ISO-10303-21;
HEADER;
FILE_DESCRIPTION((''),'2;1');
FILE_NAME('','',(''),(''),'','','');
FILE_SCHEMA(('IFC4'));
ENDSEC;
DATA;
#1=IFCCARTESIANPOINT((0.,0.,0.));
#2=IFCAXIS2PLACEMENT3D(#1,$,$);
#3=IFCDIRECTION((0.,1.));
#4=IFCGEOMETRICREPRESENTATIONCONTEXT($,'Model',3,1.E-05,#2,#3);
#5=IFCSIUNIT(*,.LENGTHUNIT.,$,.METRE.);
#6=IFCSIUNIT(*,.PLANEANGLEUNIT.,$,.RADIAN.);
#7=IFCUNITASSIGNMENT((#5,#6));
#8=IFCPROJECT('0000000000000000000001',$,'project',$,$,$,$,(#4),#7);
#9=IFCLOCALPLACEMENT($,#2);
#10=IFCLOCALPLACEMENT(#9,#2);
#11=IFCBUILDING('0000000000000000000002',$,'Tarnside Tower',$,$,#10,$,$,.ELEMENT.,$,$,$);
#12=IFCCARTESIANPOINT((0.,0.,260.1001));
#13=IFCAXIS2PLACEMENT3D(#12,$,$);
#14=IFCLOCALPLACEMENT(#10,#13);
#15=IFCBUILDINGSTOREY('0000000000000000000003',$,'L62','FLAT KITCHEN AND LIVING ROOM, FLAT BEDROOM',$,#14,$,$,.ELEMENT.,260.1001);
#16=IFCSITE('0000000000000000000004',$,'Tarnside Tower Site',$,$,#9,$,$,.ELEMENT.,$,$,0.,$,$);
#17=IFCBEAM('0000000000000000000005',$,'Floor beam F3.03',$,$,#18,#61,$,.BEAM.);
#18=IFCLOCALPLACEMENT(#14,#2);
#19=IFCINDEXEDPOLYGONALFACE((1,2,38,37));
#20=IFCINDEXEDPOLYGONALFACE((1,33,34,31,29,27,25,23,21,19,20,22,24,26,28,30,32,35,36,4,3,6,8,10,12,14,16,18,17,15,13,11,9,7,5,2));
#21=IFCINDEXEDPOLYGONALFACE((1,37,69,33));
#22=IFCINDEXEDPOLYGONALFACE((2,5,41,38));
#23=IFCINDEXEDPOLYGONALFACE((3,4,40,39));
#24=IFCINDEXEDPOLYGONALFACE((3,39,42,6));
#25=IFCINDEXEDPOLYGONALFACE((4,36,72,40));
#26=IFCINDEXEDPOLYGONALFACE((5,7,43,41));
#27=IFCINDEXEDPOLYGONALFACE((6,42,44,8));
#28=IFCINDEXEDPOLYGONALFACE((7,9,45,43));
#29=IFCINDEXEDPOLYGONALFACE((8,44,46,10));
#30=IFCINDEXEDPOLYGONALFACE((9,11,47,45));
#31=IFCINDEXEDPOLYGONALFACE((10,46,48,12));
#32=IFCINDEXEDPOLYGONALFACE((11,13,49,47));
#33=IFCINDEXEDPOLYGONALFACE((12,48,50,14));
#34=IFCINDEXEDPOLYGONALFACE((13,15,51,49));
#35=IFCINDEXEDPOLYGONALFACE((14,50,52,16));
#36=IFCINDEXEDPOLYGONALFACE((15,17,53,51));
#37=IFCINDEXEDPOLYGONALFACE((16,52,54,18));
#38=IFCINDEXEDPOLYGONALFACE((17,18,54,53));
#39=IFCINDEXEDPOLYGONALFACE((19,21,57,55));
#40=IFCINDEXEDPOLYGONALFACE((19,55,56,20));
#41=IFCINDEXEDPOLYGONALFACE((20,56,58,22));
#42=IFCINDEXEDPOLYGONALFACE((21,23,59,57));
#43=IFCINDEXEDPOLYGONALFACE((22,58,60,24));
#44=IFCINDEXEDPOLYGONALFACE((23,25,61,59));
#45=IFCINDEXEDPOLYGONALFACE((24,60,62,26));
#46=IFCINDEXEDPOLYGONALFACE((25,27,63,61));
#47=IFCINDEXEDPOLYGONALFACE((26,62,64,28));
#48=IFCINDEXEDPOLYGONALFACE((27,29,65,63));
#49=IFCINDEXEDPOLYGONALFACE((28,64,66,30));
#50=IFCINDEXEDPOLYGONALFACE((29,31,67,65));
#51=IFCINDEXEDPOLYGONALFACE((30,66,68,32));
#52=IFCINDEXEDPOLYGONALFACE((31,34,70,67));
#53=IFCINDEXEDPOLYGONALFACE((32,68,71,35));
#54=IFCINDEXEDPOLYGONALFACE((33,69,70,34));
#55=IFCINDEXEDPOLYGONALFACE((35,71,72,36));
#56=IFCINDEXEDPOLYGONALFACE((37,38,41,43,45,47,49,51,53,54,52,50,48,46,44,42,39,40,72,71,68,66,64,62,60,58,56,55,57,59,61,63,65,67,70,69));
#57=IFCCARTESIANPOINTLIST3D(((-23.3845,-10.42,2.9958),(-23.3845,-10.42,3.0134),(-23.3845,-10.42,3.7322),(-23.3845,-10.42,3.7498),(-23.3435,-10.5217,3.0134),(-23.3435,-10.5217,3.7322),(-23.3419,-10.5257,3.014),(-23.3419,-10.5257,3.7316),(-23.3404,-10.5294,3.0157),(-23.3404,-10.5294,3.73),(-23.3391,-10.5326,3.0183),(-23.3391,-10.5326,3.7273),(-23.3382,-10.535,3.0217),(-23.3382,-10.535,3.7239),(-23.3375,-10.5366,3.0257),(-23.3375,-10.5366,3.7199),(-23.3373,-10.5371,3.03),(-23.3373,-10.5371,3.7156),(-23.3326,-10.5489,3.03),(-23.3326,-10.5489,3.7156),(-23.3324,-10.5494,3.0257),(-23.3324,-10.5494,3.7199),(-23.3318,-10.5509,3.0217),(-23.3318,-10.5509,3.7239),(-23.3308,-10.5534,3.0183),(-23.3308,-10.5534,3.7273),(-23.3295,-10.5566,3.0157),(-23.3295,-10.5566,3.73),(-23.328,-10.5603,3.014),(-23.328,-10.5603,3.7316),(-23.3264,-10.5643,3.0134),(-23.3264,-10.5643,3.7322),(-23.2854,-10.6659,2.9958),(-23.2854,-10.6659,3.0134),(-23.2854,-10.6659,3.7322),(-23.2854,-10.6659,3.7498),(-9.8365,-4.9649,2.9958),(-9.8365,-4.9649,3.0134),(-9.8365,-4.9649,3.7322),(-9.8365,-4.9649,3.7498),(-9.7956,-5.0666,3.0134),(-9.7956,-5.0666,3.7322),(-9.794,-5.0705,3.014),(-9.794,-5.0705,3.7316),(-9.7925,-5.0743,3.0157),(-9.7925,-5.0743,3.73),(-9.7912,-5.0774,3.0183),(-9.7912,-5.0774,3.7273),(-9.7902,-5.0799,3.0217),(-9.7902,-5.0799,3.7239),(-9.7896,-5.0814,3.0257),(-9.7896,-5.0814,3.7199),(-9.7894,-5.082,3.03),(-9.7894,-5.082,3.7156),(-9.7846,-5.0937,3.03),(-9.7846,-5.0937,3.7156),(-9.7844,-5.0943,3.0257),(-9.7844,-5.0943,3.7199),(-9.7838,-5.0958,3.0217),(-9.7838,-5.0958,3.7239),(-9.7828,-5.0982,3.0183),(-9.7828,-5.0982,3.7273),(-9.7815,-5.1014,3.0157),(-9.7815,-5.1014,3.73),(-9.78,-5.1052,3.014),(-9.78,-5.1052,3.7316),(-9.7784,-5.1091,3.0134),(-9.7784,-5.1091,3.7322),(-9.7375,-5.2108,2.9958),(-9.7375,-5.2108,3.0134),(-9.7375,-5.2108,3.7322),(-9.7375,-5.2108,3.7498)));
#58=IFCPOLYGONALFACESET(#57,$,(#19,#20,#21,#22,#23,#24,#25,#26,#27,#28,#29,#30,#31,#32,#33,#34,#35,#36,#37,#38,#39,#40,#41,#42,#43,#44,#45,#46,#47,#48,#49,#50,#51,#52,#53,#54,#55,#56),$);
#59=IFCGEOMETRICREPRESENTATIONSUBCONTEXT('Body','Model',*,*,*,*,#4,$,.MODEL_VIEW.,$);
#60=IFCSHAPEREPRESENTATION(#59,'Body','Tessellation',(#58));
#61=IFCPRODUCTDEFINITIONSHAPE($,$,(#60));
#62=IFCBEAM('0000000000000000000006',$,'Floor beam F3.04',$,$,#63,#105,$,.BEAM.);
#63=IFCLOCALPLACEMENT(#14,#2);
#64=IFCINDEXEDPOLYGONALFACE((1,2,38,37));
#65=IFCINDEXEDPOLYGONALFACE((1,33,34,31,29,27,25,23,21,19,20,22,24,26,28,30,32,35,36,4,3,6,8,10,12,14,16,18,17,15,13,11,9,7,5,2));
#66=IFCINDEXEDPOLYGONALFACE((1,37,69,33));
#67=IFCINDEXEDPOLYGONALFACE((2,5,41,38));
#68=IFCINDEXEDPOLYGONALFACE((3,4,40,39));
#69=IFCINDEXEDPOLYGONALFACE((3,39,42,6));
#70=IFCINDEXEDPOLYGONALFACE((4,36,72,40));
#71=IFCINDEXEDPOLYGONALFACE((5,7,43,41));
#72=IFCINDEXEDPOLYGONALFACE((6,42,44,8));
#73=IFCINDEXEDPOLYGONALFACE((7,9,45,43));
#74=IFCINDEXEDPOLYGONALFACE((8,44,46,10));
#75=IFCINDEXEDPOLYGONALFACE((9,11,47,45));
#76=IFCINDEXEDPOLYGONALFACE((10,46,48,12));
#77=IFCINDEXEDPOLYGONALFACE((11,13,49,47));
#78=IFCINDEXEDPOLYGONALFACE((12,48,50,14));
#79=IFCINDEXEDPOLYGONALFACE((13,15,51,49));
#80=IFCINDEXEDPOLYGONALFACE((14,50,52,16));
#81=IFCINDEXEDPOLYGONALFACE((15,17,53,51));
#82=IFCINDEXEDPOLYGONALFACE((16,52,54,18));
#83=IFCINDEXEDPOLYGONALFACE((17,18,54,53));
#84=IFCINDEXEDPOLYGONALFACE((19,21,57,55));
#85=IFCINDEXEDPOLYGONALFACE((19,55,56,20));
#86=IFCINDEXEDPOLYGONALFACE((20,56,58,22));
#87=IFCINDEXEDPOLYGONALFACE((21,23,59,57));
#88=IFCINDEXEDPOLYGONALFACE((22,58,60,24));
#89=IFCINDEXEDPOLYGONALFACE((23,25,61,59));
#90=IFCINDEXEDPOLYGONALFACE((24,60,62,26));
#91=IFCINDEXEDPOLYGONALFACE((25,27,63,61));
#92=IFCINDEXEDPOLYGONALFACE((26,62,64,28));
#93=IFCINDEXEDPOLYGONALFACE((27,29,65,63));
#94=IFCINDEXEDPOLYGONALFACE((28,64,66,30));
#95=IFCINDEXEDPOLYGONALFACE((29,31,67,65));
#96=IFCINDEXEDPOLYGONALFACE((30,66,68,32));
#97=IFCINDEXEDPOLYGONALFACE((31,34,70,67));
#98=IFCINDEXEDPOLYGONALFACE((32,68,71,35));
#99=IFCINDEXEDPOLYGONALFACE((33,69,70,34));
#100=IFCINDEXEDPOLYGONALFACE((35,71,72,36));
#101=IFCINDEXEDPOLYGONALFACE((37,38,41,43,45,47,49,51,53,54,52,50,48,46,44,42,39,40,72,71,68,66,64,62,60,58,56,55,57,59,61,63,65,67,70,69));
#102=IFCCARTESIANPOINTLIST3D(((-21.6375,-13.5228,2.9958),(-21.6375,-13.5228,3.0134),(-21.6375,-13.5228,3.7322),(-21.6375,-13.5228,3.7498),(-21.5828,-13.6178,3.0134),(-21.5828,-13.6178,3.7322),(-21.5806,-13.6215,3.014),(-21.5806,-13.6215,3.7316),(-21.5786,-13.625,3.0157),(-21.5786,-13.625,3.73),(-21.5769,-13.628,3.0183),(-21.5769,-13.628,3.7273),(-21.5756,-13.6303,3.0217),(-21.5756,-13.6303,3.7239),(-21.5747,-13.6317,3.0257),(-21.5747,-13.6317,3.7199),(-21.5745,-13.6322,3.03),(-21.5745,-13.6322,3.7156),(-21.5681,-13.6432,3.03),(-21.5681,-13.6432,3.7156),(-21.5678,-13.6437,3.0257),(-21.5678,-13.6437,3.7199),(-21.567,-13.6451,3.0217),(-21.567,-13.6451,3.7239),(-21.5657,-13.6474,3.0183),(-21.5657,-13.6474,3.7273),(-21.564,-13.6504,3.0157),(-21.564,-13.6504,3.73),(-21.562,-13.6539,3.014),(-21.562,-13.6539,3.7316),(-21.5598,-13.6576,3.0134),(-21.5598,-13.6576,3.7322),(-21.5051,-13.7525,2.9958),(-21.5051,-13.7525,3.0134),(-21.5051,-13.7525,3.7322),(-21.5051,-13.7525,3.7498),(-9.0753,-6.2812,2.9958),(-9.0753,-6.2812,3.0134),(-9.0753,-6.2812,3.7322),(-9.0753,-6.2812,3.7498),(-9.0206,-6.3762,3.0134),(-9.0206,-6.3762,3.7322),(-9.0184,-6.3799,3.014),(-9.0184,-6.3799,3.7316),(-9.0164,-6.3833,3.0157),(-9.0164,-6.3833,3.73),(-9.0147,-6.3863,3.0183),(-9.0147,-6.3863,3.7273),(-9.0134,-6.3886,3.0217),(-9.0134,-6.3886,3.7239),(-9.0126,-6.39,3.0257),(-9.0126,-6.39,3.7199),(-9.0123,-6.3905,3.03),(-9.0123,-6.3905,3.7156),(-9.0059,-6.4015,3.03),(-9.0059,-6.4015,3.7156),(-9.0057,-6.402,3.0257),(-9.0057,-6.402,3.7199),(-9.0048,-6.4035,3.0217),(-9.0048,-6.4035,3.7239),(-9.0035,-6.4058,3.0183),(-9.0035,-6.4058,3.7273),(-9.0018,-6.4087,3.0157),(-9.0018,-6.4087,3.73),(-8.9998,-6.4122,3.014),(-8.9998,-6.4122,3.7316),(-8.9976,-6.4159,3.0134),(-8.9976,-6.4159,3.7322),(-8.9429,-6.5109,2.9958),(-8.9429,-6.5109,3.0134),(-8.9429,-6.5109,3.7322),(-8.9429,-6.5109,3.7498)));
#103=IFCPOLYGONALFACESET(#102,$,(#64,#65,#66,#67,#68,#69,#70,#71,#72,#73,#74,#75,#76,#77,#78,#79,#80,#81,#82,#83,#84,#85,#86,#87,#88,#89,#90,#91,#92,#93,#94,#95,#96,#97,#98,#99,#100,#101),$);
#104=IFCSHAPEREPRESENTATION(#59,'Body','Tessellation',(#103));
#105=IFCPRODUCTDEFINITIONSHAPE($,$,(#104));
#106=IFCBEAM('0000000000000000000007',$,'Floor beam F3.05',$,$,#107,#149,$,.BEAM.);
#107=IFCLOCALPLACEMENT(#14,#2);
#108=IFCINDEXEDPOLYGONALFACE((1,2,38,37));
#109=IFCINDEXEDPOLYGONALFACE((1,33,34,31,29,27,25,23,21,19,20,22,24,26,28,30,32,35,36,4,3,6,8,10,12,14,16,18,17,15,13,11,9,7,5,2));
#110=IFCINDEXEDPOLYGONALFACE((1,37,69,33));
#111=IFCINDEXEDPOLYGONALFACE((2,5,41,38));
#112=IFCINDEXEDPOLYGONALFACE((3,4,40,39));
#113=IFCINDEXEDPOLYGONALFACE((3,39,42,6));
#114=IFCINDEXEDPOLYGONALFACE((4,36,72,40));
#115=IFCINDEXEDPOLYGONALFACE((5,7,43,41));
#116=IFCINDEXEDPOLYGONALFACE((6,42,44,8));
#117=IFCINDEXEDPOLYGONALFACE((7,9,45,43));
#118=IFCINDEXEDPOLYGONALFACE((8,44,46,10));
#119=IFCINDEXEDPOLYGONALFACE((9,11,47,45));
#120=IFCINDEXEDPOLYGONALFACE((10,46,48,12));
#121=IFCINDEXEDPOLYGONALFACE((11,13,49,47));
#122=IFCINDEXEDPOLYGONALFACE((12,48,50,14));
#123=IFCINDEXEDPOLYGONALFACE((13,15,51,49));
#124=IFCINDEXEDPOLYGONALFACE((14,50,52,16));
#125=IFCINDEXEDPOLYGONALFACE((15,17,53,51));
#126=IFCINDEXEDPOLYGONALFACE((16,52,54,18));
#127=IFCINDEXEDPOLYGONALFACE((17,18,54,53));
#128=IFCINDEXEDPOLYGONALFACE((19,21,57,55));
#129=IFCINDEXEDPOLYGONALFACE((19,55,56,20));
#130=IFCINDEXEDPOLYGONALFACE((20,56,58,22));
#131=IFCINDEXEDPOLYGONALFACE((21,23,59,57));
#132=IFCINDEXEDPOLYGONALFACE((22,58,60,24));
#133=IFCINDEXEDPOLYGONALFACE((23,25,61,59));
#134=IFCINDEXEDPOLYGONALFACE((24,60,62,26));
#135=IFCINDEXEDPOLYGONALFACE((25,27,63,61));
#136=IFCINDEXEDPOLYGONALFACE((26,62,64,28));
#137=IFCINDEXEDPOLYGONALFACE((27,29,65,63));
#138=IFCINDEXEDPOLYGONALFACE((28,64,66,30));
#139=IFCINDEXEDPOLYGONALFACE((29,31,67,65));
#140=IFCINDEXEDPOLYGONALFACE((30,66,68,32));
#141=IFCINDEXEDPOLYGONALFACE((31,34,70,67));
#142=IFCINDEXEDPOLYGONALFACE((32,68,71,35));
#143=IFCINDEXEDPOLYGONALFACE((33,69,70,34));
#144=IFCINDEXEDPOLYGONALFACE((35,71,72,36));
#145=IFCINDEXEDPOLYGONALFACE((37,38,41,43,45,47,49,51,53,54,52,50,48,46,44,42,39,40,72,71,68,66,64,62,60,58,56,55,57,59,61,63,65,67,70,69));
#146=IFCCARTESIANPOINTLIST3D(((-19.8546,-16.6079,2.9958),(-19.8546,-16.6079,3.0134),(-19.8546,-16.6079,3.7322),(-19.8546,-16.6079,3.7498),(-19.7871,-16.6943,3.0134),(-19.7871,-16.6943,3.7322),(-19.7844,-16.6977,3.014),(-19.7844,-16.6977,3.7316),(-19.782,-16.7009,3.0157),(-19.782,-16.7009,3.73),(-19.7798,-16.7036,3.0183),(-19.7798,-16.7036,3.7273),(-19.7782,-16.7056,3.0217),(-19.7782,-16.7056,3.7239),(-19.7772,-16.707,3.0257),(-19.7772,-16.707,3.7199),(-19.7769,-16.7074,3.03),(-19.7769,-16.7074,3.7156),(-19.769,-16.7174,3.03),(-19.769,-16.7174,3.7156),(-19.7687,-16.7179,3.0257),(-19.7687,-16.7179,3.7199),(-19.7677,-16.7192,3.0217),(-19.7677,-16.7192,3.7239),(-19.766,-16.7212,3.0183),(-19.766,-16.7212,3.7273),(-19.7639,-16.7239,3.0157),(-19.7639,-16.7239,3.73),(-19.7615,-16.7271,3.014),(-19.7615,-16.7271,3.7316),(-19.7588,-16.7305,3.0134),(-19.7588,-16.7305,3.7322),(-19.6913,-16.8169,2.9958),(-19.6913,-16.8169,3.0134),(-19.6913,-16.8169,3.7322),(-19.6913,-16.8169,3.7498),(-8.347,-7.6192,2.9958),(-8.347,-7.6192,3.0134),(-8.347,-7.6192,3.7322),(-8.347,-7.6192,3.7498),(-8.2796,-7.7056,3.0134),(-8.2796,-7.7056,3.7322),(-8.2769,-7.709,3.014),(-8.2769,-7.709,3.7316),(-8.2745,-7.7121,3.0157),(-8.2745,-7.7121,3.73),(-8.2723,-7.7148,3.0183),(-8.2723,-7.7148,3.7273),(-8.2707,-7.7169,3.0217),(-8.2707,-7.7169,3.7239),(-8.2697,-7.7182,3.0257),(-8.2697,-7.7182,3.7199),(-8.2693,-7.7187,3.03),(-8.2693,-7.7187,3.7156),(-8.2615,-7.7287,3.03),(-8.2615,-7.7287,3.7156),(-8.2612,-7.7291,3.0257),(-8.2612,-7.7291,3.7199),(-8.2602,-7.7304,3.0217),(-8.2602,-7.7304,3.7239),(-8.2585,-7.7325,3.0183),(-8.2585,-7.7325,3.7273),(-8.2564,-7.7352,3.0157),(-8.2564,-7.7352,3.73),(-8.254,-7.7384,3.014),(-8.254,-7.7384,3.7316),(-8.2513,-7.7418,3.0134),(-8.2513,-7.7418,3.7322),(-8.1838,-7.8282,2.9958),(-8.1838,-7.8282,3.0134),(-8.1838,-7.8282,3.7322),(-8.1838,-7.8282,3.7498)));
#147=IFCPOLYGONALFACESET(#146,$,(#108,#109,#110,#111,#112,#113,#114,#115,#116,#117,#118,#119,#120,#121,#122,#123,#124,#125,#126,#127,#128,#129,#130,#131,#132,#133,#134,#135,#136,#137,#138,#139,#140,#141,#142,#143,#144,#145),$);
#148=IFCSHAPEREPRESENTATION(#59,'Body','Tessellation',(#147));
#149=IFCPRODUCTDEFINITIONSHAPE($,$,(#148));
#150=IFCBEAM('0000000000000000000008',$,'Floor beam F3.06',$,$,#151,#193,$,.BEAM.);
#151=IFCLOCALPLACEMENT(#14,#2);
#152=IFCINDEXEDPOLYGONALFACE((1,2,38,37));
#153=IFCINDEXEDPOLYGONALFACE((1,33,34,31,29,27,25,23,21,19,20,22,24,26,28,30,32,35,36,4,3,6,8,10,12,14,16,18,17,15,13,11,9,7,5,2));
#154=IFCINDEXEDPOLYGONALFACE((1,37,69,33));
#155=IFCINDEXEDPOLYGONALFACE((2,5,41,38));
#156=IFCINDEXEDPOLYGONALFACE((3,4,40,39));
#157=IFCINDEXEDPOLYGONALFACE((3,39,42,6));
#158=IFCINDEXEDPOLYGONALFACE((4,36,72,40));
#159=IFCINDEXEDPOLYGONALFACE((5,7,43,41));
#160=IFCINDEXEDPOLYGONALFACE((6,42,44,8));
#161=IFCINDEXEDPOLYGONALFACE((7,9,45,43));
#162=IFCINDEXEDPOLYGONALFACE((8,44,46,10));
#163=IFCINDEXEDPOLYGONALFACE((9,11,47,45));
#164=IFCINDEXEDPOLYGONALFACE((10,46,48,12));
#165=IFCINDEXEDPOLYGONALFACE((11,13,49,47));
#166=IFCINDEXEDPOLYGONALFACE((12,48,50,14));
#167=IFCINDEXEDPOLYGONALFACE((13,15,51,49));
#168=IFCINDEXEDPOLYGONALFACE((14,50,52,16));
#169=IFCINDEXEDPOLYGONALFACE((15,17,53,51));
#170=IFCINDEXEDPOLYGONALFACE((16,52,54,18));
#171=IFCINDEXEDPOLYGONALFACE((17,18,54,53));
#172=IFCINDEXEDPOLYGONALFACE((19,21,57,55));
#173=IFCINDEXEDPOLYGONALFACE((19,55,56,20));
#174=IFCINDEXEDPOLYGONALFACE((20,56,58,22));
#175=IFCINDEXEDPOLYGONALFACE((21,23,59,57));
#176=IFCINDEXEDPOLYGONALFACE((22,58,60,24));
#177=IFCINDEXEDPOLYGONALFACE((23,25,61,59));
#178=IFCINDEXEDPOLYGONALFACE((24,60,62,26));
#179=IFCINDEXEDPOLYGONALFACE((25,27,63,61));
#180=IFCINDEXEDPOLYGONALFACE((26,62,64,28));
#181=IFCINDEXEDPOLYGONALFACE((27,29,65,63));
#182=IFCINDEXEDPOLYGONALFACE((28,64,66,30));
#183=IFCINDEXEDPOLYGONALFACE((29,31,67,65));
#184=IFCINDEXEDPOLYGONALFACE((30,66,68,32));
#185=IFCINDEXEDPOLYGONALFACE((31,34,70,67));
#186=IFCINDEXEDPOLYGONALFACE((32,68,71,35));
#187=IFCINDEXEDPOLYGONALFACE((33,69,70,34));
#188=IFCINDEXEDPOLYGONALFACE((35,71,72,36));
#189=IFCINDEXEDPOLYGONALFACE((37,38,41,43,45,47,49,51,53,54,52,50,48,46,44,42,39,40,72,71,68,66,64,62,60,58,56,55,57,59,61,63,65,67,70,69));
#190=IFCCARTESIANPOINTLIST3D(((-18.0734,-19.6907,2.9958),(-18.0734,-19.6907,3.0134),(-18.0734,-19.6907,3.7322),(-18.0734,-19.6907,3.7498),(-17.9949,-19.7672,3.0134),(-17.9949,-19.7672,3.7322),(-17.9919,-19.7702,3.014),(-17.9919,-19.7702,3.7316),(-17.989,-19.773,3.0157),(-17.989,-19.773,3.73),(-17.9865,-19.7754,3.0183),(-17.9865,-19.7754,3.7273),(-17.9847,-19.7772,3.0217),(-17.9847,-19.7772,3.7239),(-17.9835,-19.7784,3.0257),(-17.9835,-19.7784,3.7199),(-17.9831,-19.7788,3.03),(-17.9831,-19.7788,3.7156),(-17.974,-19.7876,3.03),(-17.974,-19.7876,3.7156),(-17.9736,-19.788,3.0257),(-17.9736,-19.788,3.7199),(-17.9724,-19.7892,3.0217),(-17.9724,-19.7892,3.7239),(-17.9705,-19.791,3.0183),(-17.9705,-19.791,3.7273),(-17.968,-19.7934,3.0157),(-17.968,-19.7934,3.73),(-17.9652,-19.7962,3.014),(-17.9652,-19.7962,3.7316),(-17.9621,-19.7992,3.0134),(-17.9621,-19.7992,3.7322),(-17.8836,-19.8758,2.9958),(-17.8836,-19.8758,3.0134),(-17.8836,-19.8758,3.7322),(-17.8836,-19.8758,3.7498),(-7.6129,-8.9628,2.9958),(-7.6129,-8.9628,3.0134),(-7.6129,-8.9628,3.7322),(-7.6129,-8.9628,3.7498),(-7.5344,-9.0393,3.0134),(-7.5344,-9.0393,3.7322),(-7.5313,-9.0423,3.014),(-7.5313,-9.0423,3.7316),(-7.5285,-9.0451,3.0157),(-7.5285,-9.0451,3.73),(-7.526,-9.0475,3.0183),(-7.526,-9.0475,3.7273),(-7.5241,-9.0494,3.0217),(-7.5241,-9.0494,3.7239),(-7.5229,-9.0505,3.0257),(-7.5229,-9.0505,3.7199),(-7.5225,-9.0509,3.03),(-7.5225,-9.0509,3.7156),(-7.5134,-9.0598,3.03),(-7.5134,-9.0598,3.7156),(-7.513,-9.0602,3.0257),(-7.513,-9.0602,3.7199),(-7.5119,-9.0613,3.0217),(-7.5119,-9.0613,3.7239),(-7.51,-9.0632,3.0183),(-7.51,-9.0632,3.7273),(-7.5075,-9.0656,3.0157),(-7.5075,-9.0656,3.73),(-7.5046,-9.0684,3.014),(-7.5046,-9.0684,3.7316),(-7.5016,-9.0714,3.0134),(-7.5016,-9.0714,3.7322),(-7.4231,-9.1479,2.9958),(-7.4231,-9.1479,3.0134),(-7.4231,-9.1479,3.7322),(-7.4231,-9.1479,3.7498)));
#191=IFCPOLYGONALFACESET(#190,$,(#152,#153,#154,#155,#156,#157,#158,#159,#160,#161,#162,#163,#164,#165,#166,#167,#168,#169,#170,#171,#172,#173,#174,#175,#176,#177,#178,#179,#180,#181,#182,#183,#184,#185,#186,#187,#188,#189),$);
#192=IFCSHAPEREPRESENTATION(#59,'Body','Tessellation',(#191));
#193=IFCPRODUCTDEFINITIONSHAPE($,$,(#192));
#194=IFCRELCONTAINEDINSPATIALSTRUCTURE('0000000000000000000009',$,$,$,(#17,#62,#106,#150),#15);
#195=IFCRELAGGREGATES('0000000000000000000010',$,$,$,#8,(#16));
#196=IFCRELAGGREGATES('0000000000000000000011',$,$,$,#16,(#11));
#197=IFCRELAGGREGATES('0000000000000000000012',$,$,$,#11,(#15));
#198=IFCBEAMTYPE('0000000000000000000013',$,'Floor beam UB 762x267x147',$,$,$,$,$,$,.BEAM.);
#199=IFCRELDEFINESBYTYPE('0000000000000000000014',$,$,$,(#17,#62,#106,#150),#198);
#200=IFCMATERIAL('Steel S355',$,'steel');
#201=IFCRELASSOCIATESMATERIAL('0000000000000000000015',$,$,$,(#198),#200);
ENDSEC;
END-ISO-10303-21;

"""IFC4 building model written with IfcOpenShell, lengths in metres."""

from ifc_helpers import new_model, si_unit, direction, frame, origin, origin_2d, place, context, subcontext, project, spatial, i_section, extrude, material, material_profile, profile_set, type_object, element, save


model = new_model("IFC4")

# Units and contexts
model_context = context("Model", 3, precision=1e-05, world=origin(), true_north=direction((0.0, 1.0)))
body_context = subcontext(model_context, "Body", "Model", "MODEL_VIEW")
ifc_project = project(units=[si_unit("LENGTHUNIT", "METRE"), si_unit("PLANEANGLEUNIT", "RADIAN")], contexts=[model_context])

# Site, building, storey
site_placement = place(None, origin())
site = spatial("IfcSite", under=ifc_project, at=site_placement, Name="Tarnside Tower Site", CompositionType="ELEMENT", RefElevation=0.0)
building_placement = place(site_placement, origin())
building = spatial("IfcBuilding", under=site, at=building_placement, Name="Tarnside Tower", CompositionType="ELEMENT")
storey_placement = place(building_placement, frame((0.0, 0.0, 260.1001)))
storey = spatial("IfcBuildingStorey", under=building, at=storey_placement, Name="L62", Description="FLAT KITCHEN AND LIVING ROOM, FLAT BEDROOM", CompositionType="ELEMENT", Elevation=260.1001)

# Beams
ifc_material_1 = material(Name="Steel S355", Category="steel")
ifc_material_profile_1 = material_profile(ifc_material_1, i_section(OverallWidth=0.2651, OverallDepth=0.7539, WebThickness=0.0127, FlangeThickness=0.0176, FilletRadius=0.0166, at=origin_2d()), Name="UB 762x267x147")
ifc_profile_set_1 = profile_set([ifc_material_profile_1], Name="Steel S355")
beam_type_1 = type_object("IfcBeamType", Name="Floor beam UB 762x267x147", PredefinedType="BEAM", material=ifc_profile_set_1)
beam_1_placement = place(storey_placement, frame((-23.335, -10.543, 3.3728), z_axis=(0.927626, 0.373511, 0.0), x_axis=(-0.373511, 0.927626, 0.0)))
element("IfcBeam", 1, at=beam_1_placement, inside=storey, type_object=beam_type_1, Name="Floor beam F3.03", PredefinedType="BEAM", context=body_context, shape_type="SweptSolid", body=[
    extrude(i_section(OverallWidth=0.2651, OverallDepth=0.7539, WebThickness=0.0127, FlangeThickness=0.0176, FilletRadius=0.0166, at=origin_2d()), origin(), (0.0, 0.0, 1.0), 14.605),
])
beam_2_placement = place(storey_placement, frame((-21.5713, -13.6377, 3.3728), z_axis=(0.866357, 0.499425, 0.0), x_axis=(-0.499425, 0.866357, 0.0)))
element("IfcBeam", 2, at=beam_2_placement, inside=storey, type_object=beam_type_1, Name="Floor beam F3.04", PredefinedType="BEAM", context=body_context, shape_type="SweptSolid", body=[
    extrude(i_section(OverallWidth=0.2651, OverallDepth=0.7539, WebThickness=0.0127, FlangeThickness=0.0176, FilletRadius=0.0166, at=origin_2d()), origin(), (0.0, 0.0, 1.0), 14.5),
])
beam_3_placement = place(storey_placement, frame((-19.7729, -16.7124, 3.3728), z_axis=(0.788075, 0.615579, 0.0), x_axis=(-0.615579, 0.788075, 0.0)))
element("IfcBeam", 3, at=beam_3_placement, inside=storey, type_object=beam_type_1, Name="Floor beam F3.05", PredefinedType="BEAM", context=body_context, shape_type="SweptSolid", body=[
    extrude(i_section(OverallWidth=0.2651, OverallDepth=0.7539, WebThickness=0.0127, FlangeThickness=0.0176, FilletRadius=0.0166, at=origin_2d()), origin(), (0.0, 0.0, 1.0), 14.6021),
])
beam_4_placement = place(storey_placement, frame((-17.9785, -19.7832, 3.3728), z_axis=(0.69813, 0.715971, 0.0), x_axis=(-0.715971, 0.69813, 0.0)))
element("IfcBeam", 4, at=beam_4_placement, inside=storey, type_object=beam_type_1, Name="Floor beam F3.06", PredefinedType="BEAM", context=body_context, shape_type="SweptSolid", body=[
    extrude(i_section(OverallWidth=0.2651, OverallDepth=0.7539, WebThickness=0.0127, FlangeThickness=0.0176, FilletRadius=0.0166, at=origin_2d()), origin(), (0.0, 0.0, 1.0), 14.9836),
])

save(model, "model.ifc")
